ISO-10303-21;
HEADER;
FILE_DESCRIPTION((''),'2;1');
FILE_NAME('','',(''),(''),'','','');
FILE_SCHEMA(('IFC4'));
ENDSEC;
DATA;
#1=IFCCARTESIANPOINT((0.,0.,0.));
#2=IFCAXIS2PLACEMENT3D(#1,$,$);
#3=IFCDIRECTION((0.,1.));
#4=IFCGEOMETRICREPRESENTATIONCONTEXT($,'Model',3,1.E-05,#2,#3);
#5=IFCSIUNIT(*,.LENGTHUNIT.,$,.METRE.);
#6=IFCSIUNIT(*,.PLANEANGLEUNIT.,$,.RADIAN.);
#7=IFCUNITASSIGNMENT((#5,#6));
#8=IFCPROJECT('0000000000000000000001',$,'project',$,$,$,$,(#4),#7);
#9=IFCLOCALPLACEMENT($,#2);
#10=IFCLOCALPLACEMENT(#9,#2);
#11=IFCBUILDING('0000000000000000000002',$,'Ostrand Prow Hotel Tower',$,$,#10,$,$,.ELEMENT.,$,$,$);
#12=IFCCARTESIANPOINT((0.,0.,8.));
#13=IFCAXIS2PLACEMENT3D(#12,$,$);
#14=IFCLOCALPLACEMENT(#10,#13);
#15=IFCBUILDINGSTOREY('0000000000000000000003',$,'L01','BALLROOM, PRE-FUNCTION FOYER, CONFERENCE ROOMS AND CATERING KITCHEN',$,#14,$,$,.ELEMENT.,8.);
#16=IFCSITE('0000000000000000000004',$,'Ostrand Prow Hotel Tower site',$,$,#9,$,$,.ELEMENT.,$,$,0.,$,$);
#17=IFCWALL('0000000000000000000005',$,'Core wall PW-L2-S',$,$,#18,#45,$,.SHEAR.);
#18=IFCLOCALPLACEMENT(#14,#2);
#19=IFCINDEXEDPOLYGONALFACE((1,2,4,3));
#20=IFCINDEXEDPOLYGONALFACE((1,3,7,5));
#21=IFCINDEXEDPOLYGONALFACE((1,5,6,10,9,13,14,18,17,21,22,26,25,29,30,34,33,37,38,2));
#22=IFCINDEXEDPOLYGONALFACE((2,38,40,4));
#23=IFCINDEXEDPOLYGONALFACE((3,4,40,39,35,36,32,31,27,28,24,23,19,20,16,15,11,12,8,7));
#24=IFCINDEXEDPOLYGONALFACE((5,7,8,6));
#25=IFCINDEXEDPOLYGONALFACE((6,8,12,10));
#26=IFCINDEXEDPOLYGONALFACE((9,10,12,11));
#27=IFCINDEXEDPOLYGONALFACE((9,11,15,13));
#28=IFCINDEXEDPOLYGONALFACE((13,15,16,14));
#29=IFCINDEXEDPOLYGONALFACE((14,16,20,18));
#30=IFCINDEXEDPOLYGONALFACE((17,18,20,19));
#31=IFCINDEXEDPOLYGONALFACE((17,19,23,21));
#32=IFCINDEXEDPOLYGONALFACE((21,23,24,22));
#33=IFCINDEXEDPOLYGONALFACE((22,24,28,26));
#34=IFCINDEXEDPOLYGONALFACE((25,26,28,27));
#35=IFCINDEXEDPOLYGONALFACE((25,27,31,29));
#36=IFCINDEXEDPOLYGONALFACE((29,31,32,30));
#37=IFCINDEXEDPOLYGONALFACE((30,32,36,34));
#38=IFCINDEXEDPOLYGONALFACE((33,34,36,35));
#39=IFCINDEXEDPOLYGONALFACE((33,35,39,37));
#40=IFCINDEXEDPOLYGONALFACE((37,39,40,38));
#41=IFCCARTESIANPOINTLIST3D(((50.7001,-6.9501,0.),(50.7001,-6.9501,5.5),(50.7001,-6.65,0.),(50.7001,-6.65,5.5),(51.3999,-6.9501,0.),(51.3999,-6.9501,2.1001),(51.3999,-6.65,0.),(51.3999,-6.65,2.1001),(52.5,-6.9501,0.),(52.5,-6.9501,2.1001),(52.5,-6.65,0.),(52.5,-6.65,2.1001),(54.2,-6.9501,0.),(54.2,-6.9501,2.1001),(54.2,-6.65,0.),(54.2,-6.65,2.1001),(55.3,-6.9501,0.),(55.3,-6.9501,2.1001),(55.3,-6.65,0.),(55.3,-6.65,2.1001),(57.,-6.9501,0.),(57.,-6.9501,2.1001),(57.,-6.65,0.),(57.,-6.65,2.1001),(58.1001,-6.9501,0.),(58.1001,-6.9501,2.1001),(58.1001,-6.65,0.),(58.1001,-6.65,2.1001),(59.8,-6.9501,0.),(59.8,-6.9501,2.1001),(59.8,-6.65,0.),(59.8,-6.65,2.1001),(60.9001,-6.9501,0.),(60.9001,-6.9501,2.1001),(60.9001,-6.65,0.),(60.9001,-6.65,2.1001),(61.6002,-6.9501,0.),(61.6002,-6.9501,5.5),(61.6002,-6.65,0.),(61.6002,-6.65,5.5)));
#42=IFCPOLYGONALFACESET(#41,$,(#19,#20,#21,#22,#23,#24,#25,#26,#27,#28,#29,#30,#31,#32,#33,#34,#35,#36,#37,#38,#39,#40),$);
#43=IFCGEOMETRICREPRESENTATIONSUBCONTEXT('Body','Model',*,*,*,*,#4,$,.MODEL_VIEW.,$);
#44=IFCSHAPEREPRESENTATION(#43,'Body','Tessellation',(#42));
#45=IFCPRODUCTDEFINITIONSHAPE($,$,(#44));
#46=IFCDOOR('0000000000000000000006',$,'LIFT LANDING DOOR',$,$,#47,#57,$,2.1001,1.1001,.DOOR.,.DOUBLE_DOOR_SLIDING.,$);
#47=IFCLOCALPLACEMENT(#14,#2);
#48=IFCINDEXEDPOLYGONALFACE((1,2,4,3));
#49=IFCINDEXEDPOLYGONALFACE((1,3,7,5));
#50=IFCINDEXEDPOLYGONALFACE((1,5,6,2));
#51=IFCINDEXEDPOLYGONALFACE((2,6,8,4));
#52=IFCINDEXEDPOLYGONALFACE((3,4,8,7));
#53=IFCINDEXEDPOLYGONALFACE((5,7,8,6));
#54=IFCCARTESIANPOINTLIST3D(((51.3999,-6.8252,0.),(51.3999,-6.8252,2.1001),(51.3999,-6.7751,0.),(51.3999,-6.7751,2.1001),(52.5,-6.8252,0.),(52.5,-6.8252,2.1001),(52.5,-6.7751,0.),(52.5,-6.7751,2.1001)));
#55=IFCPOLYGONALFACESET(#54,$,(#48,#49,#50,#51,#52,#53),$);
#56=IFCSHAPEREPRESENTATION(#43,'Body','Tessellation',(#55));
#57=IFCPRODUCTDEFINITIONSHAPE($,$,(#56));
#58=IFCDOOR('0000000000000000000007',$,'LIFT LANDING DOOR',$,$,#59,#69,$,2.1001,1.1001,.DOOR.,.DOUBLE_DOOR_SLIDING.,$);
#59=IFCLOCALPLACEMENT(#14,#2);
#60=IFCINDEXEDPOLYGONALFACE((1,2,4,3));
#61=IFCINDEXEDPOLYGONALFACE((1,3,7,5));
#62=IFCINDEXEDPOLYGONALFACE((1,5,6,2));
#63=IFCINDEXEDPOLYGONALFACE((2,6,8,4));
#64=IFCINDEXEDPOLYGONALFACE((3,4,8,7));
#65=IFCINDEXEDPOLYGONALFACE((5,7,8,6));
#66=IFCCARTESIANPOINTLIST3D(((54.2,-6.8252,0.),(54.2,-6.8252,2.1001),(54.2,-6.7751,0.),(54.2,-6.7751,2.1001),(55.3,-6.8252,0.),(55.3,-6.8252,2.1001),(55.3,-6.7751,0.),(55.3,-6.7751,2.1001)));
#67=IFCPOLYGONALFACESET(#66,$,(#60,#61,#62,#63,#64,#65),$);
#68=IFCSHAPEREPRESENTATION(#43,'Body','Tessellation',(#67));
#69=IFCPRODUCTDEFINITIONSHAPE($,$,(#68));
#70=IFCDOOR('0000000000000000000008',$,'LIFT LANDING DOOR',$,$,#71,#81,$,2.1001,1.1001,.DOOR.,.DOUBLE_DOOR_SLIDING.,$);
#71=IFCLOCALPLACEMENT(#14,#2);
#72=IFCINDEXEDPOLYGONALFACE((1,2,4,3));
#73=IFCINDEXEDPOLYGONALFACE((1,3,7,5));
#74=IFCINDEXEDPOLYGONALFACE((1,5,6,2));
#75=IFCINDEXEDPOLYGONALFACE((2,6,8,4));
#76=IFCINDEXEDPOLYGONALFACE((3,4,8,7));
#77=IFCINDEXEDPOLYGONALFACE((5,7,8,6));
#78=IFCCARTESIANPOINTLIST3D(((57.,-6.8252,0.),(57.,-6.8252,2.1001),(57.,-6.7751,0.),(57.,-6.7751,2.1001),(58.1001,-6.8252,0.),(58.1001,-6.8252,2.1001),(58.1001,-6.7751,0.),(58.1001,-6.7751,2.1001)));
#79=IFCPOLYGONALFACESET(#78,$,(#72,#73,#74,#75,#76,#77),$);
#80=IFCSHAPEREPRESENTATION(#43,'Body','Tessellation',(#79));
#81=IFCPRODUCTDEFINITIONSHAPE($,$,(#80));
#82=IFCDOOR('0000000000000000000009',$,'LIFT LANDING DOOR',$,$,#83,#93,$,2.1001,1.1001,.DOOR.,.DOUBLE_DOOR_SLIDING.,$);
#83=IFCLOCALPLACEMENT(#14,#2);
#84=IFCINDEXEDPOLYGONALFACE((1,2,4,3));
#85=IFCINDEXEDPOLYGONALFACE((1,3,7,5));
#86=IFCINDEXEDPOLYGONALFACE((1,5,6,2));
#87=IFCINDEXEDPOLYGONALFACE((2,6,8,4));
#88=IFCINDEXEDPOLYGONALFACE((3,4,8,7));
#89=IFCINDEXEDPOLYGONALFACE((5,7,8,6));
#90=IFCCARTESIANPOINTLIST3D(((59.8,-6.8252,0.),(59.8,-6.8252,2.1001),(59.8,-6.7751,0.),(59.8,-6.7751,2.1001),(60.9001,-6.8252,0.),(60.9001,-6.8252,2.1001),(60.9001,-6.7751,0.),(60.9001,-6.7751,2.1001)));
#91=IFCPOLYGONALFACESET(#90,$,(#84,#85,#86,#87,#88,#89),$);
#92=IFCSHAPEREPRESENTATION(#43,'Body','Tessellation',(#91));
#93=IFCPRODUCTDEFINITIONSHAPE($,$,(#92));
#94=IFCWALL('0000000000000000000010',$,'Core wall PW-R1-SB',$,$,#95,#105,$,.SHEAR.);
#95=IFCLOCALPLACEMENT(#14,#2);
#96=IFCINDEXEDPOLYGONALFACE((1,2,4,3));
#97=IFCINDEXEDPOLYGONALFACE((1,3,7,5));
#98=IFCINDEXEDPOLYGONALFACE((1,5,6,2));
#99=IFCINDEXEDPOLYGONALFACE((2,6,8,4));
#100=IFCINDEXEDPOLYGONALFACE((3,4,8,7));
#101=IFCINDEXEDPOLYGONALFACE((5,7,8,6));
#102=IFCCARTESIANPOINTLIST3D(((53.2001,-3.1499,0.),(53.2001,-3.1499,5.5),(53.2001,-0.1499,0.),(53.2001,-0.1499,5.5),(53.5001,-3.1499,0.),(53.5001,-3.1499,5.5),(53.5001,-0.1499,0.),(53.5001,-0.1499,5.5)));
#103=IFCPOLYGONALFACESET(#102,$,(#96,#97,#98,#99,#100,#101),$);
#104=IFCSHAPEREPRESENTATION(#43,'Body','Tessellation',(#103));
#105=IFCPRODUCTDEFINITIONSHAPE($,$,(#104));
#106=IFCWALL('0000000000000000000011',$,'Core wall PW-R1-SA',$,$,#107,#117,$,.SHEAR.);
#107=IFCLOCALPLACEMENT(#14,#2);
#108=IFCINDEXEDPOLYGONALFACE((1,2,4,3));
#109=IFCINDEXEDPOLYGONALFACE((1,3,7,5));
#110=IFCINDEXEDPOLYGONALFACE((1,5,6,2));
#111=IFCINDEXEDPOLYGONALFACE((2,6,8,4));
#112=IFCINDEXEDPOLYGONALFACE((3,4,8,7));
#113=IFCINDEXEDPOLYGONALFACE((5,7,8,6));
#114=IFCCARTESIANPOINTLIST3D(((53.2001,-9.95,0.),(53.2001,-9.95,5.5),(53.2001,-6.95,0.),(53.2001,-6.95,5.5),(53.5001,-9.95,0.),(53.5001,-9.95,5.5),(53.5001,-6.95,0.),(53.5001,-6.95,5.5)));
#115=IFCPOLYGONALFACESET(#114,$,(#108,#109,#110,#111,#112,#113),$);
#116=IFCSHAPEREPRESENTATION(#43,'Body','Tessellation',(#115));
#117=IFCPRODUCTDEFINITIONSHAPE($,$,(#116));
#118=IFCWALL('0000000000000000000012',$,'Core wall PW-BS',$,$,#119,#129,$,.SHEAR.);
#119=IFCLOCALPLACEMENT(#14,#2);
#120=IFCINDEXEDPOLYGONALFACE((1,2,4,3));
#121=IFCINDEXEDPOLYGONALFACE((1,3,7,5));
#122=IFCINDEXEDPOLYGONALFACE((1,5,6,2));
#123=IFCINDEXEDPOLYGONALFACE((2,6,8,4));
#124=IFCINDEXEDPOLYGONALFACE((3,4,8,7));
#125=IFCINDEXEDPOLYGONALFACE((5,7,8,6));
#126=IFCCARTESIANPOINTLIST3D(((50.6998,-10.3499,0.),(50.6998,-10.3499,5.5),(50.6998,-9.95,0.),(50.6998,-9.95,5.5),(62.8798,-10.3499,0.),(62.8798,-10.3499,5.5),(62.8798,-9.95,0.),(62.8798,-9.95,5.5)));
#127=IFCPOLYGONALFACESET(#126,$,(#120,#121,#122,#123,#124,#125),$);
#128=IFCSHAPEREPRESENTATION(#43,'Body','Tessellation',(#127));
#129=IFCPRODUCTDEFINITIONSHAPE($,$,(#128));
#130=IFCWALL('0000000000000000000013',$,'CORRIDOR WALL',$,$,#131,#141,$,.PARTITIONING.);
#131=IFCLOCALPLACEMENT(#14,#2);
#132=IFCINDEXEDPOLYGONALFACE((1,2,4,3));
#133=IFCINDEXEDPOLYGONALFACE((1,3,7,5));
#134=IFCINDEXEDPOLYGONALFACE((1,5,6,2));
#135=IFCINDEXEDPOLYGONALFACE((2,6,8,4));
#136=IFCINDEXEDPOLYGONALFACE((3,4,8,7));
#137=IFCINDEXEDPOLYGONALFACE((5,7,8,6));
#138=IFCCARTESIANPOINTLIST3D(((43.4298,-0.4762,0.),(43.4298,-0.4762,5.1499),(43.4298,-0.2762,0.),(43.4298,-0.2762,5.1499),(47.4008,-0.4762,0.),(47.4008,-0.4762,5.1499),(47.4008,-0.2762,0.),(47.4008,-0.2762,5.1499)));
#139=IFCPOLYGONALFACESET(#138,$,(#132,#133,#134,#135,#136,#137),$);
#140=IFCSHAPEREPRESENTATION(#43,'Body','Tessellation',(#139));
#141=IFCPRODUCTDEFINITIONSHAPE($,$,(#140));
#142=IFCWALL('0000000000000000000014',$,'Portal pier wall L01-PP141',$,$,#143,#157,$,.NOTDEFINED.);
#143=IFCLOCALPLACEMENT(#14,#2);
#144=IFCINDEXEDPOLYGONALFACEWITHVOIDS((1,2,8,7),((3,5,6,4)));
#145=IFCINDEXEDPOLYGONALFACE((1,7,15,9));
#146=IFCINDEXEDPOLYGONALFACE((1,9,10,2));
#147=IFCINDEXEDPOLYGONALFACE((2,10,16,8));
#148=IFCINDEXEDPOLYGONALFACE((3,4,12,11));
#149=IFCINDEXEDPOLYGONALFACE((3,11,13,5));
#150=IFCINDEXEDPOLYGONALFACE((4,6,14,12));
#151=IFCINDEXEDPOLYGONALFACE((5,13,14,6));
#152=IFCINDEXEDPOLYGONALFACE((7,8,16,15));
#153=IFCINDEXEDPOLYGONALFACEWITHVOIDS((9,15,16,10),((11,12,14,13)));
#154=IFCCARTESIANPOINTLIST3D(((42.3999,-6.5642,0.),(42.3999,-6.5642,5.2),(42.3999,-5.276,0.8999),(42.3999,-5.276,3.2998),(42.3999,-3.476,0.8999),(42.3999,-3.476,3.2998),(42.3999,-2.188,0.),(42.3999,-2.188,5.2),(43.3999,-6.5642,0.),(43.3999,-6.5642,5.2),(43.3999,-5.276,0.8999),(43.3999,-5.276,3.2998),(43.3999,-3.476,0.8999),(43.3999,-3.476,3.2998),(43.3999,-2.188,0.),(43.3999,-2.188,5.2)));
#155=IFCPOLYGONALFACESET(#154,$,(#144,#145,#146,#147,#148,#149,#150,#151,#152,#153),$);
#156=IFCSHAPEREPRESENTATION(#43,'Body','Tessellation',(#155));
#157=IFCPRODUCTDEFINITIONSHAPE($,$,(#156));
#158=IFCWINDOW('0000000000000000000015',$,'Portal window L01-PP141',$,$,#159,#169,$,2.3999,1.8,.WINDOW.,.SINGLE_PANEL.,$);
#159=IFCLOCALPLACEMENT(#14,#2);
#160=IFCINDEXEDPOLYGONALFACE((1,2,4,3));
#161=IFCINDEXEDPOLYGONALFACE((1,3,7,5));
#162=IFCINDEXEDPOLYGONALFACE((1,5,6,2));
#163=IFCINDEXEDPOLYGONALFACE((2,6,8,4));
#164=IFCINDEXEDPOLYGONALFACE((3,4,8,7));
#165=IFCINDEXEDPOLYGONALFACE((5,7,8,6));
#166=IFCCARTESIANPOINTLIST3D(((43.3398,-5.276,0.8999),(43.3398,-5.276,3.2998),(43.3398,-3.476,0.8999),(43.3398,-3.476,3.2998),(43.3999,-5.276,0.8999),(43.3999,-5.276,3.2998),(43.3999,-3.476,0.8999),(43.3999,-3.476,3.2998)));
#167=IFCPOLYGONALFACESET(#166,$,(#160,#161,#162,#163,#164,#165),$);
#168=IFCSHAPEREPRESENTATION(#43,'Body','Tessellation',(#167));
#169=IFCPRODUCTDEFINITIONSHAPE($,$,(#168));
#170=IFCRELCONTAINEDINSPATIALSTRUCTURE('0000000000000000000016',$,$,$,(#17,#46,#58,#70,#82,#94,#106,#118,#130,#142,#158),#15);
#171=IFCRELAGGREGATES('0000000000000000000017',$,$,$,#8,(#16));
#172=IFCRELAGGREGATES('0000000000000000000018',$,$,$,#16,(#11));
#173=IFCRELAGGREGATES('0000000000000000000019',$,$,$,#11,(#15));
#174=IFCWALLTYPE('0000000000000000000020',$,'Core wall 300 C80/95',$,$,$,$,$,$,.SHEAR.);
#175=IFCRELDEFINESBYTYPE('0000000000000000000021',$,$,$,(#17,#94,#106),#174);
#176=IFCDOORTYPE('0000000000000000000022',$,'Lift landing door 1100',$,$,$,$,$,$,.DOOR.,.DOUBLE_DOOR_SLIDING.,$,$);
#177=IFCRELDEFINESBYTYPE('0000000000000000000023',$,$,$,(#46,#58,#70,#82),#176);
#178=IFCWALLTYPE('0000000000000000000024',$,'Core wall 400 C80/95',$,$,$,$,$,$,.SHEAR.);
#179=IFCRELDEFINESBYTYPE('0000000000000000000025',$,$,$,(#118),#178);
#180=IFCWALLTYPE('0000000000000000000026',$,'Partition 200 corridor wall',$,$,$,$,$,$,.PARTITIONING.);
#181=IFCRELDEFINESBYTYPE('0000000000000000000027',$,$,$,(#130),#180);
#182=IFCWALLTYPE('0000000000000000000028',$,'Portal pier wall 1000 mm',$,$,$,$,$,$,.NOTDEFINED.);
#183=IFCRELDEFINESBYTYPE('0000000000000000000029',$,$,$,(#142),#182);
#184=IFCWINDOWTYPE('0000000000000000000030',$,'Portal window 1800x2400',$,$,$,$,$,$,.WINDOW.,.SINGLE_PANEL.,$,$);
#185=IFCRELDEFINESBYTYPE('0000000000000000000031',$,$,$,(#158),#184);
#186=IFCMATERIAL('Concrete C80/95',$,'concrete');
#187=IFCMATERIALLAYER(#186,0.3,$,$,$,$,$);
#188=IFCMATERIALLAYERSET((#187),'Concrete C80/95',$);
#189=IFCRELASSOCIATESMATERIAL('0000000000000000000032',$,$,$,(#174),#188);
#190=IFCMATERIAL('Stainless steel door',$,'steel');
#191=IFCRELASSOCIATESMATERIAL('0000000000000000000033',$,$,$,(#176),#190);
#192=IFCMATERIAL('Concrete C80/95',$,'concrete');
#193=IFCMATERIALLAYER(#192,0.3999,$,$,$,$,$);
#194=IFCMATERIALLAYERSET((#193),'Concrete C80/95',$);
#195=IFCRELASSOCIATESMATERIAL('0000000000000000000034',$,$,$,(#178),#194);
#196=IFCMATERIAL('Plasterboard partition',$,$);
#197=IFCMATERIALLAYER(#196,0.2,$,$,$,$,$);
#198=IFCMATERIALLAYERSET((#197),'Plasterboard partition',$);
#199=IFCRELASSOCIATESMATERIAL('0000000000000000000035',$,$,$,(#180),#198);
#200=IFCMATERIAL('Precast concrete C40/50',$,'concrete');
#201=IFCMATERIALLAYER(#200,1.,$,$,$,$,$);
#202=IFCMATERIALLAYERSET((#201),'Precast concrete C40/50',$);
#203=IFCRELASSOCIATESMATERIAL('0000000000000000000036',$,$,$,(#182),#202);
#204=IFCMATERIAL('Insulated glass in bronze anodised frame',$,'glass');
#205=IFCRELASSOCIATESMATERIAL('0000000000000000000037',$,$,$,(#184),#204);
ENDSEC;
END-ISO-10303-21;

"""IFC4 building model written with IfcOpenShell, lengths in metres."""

from ifc_helpers import new_model, si_unit, direction, frame, frame_2d, origin, place, context, subcontext, project, spatial, polyline, rectangle, outline, extrude, material, layer, layer_set, type_object, element, fill, save


model = new_model("IFC4")

# Units and contexts
model_context = context("Model", 3, precision=1e-05, world=origin(), true_north=direction((0.0, 1.0)))
body_context = subcontext(model_context, "Body", "Model", "MODEL_VIEW")
ifc_project = project(units=[si_unit("LENGTHUNIT", "METRE"), si_unit("PLANEANGLEUNIT", "RADIAN")], contexts=[model_context])

# Site, building, storey
site_placement = place(None, origin())
site = spatial("IfcSite", under=ifc_project, at=site_placement, Name="Ostrand Prow Hotel Tower site", CompositionType="ELEMENT", RefElevation=0.0)
building_placement = place(site_placement, origin())
building = spatial("IfcBuilding", under=site, at=building_placement, Name="Ostrand Prow Hotel Tower", CompositionType="ELEMENT")
storey_placement = place(building_placement, frame((0.0, 0.0, 8.0)))
storey = spatial("IfcBuildingStorey", under=building, at=storey_placement, Name="L01", Description="BALLROOM, PRE-FUNCTION FOYER, CONFERENCE ROOMS AND CATERING KITCHEN", CompositionType="ELEMENT", Elevation=8.0)

# Shared definitions
ifc_material_1 = material(Name="Concrete C80/95", Category="concrete")
ifc_layer_1 = layer(ifc_material_1, 0.3)
ifc_layer_set_1 = layer_set([ifc_layer_1], Name="Concrete C80/95")
wall_type_1 = type_object("IfcWallType", Name="Core wall 300 C80/95", PredefinedType="SHEAR", material=ifc_layer_set_1)

# Wall, openings, doors
wall_1_placement = place(storey_placement, frame((50.7, -6.8, 0.0), z_axis=(0.0, 0.0, 1.0), x_axis=(1.0, 0.0, 0.0)))
wall_1 = element("IfcWall", 1, at=wall_1_placement, inside=storey, type_object=wall_type_1, Name="Core wall PW-L2-S", PredefinedType="SHEAR", context=body_context, shape_type="SweptSolid", body=[
    extrude(rectangle(XDim=10.9001, YDim=0.3, at=frame_2d((5.4502, 0.0))), origin(), (0.0, 0.0, 1.0), 5.5),
])
opening_1_placement = place(wall_1_placement, frame((0.7, 0.0, 0.0)))
opening_1 = element("IfcOpeningElement", 2, at=opening_1_placement, cuts=wall_1, PredefinedType="OPENING", context=body_context, shape_type="SweptSolid", body=[
    extrude(rectangle(XDim=1.1001, YDim=2.1001, at=frame_2d((0.55, 1.05))), frame((0.0, 0.1599, 0.0), z_axis=(0.0, -1.0, 0.0), x_axis=(1.0, 0.0, 0.0)), (0.0, 0.0, 1.0), 0.3201),
])
opening_2_placement = place(wall_1_placement, frame((3.5, 0.0, 0.0)))
opening_2 = element("IfcOpeningElement", 3, at=opening_2_placement, cuts=wall_1, PredefinedType="OPENING", context=body_context, shape_type="SweptSolid", body=[
    extrude(rectangle(XDim=1.1001, YDim=2.1001, at=frame_2d((0.55, 1.05))), frame((0.0, 0.1599, 0.0), z_axis=(0.0, -1.0, 0.0), x_axis=(1.0, 0.0, 0.0)), (0.0, 0.0, 1.0), 0.3201),
])
opening_3_placement = place(wall_1_placement, frame((6.3, 0.0, 0.0)))
opening_3 = element("IfcOpeningElement", 4, at=opening_3_placement, cuts=wall_1, PredefinedType="OPENING", context=body_context, shape_type="SweptSolid", body=[
    extrude(rectangle(XDim=1.1001, YDim=2.1001, at=frame_2d((0.55, 1.05))), frame((0.0, 0.1599, 0.0), z_axis=(0.0, -1.0, 0.0), x_axis=(1.0, 0.0, 0.0)), (0.0, 0.0, 1.0), 0.3201),
])
opening_4_placement = place(wall_1_placement, frame((9.1001, 0.0, 0.0)))
opening_4 = element("IfcOpeningElement", 5, at=opening_4_placement, cuts=wall_1, PredefinedType="OPENING", context=body_context, shape_type="SweptSolid", body=[
    extrude(rectangle(XDim=1.1001, YDim=2.1001, at=frame_2d((0.55, 1.05))), frame((0.0, 0.1599, 0.0), z_axis=(0.0, -1.0, 0.0), x_axis=(1.0, 0.0, 0.0)), (0.0, 0.0, 1.0), 0.3201),
])
ifc_material_2 = material(Name="Stainless steel door", Category="steel")
door_type_1 = type_object("IfcDoorType", Name="Lift landing door 1100", OperationType="DOUBLE_DOOR_SLIDING", PredefinedType="DOOR", material=ifc_material_2)
door_1_placement = place(opening_1_placement, origin())
door_1 = element("IfcDoor", 6, at=door_1_placement, inside=storey, type_object=door_type_1, Name="LIFT LANDING DOOR", OperationType="DOUBLE_DOOR_SLIDING", OverallHeight=2.1001, OverallWidth=1.1001, PredefinedType="DOOR", context=body_context, shape_type="SweptSolid", body=[
    extrude(rectangle(XDim=1.1001, YDim=2.1001, at=frame_2d((0.55, 1.05))), frame((0.0, 0.0249, 0.0), z_axis=(0.0, -1.0, 0.0), x_axis=(1.0, 0.0, 0.0)), (0.0, 0.0, 1.0), 0.05),
])
fill(opening_1, door_1)
door_2_placement = place(opening_2_placement, origin())
door_2 = element("IfcDoor", 7, at=door_2_placement, inside=storey, type_object=door_type_1, Name="LIFT LANDING DOOR", OperationType="DOUBLE_DOOR_SLIDING", OverallHeight=2.1001, OverallWidth=1.1001, PredefinedType="DOOR", context=body_context, shape_type="SweptSolid", body=[
    extrude(rectangle(XDim=1.1001, YDim=2.1001, at=frame_2d((0.55, 1.05))), frame((0.0, 0.0249, 0.0), z_axis=(0.0, -1.0, 0.0), x_axis=(1.0, 0.0, 0.0)), (0.0, 0.0, 1.0), 0.05),
])
fill(opening_2, door_2)
door_3_placement = place(opening_3_placement, origin())
door_3 = element("IfcDoor", 8, at=door_3_placement, inside=storey, type_object=door_type_1, Name="LIFT LANDING DOOR", OperationType="DOUBLE_DOOR_SLIDING", OverallHeight=2.1001, OverallWidth=1.1001, PredefinedType="DOOR", context=body_context, shape_type="SweptSolid", body=[
    extrude(rectangle(XDim=1.1001, YDim=2.1001, at=frame_2d((0.55, 1.05))), frame((0.0, 0.0249, 0.0), z_axis=(0.0, -1.0, 0.0), x_axis=(1.0, 0.0, 0.0)), (0.0, 0.0, 1.0), 0.05),
])
fill(opening_3, door_3)
door_4_placement = place(opening_4_placement, origin())
door_4 = element("IfcDoor", 9, at=door_4_placement, inside=storey, type_object=door_type_1, Name="LIFT LANDING DOOR", OperationType="DOUBLE_DOOR_SLIDING", OverallHeight=2.1001, OverallWidth=1.1001, PredefinedType="DOOR", context=body_context, shape_type="SweptSolid", body=[
    extrude(rectangle(XDim=1.1001, YDim=2.1001, at=frame_2d((0.55, 1.05))), frame((0.0, 0.0249, 0.0), z_axis=(0.0, -1.0, 0.0), x_axis=(1.0, 0.0, 0.0)), (0.0, 0.0, 1.0), 0.05),
])
fill(opening_4, door_4)

# Walls
for number, where, z_axis, x_axis, name in (
    (10, (53.3501, -3.1499, 0.0), (0.0, 0.0, 1.0), (0.0, 1.0, 0.0), "Core wall PW-R1-SB"),
    (11, (53.3501, -9.95, 0.0), (0.0, 0.0, 1.0), (0.0, 1.0, 0.0), "Core wall PW-R1-SA"),
):
    element("IfcWall", number, at=place(storey_placement, frame(where, z_axis=z_axis, x_axis=x_axis)), inside=storey, type_object=wall_type_1, Name=name, PredefinedType="SHEAR", context=body_context, shape_type="SweptSolid", body=[
        extrude(rectangle(XDim=3.0, YDim=0.3, at=frame_2d((1.5, 0.0))), origin(), (0.0, 0.0, 1.0), 5.5),
    ])
ifc_material_3 = material(Name="Concrete C80/95", Category="concrete")
ifc_layer_2 = layer(ifc_material_3, 0.3999)
ifc_layer_set_2 = layer_set([ifc_layer_2], Name="Concrete C80/95")
wall_type_2 = type_object("IfcWallType", Name="Core wall 400 C80/95", PredefinedType="SHEAR", material=ifc_layer_set_2)
wall_2_placement = place(storey_placement, frame((50.7, -10.1499, 0.0), z_axis=(0.0, 0.0, 1.0), x_axis=(1.0, 0.0, 0.0)))
element("IfcWall", 12, at=wall_2_placement, inside=storey, type_object=wall_type_2, Name="Core wall PW-BS", PredefinedType="SHEAR", context=body_context, shape_type="SweptSolid", body=[
    extrude(rectangle(XDim=12.1799, YDim=0.3999, at=frame_2d((6.0898, 0.0))), origin(), (0.0, 0.0, 1.0), 5.5),
])
ifc_material_4 = material(Name="Plasterboard partition")
ifc_layer_3 = layer(ifc_material_4, 0.2)
ifc_layer_set_3 = layer_set([ifc_layer_3], Name="Plasterboard partition")
wall_type_3 = type_object("IfcWallType", Name="Partition 200 corridor wall", PredefinedType="PARTITIONING", material=ifc_layer_set_3)
wall_3_placement = place(storey_placement, frame((43.4299, -0.3762, 0.0), z_axis=(0.0, 0.0, 1.0), x_axis=(1.0, 0.0, 0.0)))
element("IfcWall", 13, at=wall_3_placement, inside=storey, type_object=wall_type_3, Name="CORRIDOR WALL", PredefinedType="PARTITIONING", context=body_context, shape_type="SweptSolid", body=[
    extrude(rectangle(XDim=3.9709, YDim=0.2, at=frame_2d((1.9854, 0.0))), origin(), (0.0, 0.0, 1.0), 5.1499),
])

# Wall, opening, window
ifc_material_5 = material(Name="Precast concrete C40/50", Category="concrete")
ifc_layer_4 = layer(ifc_material_5, 1.0)
ifc_layer_set_4 = layer_set([ifc_layer_4], Name="Precast concrete C40/50")
wall_type_4 = type_object("IfcWallType", Name="Portal pier wall 1000 mm", PredefinedType="NOTDEFINED", material=ifc_layer_set_4)
wall_4_placement = place(storey_placement, frame((42.8999, -2.188, 0.0), z_axis=(0.0, 0.0, 1.0), x_axis=(0.0, -1.0, 0.0)))
wall_4 = element("IfcWall", 14, at=wall_4_placement, inside=storey, type_object=wall_type_4, Name="Portal pier wall L01-PP141", PredefinedType="NOTDEFINED", context=body_context, shape_type="SweptSolid", body=[
    extrude(outline(polyline([(0.0, -0.5), (4.3762, -0.5), (4.3762, 0.5), (0.0, 0.5), (0.0, -0.5)])), origin(), (0.0, 0.0, 1.0), 5.2),
])
opening_5_placement = place(wall_4_placement, frame((1.2881, 0.0, 0.8999)))
opening_5 = element("IfcOpeningElement", 15, at=opening_5_placement, cuts=wall_4, PredefinedType="OPENING", context=body_context, shape_type="SweptSolid", body=[
    extrude(rectangle(XDim=1.8, YDim=2.3999, at=frame_2d((0.8999, 1.2))), frame((0.0, 0.51, 0.0), z_axis=(0.0, -1.0, 0.0), x_axis=(1.0, 0.0, 0.0)), (0.0, 0.0, 1.0), 1.02),
])
ifc_material_6 = material(Name="Insulated glass in bronze anodised frame", Category="glass")
window_type = type_object("IfcWindowType", Name="Portal window 1800x2400", PartitioningType="SINGLE_PANEL", PredefinedType="WINDOW", material=ifc_material_6)
window_1_placement = place(opening_5_placement, origin())
window_1 = element("IfcWindow", 16, at=window_1_placement, inside=storey, type_object=window_type, Name="Portal window L01-PP141", OverallHeight=2.3999, OverallWidth=1.8, PartitioningType="SINGLE_PANEL", PredefinedType="WINDOW", context=body_context, shape_type="SweptSolid", body=[
    extrude(rectangle(XDim=1.8, YDim=2.3999, at=frame_2d((0.8999, 1.2))), frame((0.0, 0.5, 0.0), z_axis=(0.0, -1.0, 0.0), x_axis=(1.0, 0.0, 0.0)), (0.0, 0.0, 1.0), 0.0601),
])
fill(opening_5, window_1)

save(model, "model.ifc")
